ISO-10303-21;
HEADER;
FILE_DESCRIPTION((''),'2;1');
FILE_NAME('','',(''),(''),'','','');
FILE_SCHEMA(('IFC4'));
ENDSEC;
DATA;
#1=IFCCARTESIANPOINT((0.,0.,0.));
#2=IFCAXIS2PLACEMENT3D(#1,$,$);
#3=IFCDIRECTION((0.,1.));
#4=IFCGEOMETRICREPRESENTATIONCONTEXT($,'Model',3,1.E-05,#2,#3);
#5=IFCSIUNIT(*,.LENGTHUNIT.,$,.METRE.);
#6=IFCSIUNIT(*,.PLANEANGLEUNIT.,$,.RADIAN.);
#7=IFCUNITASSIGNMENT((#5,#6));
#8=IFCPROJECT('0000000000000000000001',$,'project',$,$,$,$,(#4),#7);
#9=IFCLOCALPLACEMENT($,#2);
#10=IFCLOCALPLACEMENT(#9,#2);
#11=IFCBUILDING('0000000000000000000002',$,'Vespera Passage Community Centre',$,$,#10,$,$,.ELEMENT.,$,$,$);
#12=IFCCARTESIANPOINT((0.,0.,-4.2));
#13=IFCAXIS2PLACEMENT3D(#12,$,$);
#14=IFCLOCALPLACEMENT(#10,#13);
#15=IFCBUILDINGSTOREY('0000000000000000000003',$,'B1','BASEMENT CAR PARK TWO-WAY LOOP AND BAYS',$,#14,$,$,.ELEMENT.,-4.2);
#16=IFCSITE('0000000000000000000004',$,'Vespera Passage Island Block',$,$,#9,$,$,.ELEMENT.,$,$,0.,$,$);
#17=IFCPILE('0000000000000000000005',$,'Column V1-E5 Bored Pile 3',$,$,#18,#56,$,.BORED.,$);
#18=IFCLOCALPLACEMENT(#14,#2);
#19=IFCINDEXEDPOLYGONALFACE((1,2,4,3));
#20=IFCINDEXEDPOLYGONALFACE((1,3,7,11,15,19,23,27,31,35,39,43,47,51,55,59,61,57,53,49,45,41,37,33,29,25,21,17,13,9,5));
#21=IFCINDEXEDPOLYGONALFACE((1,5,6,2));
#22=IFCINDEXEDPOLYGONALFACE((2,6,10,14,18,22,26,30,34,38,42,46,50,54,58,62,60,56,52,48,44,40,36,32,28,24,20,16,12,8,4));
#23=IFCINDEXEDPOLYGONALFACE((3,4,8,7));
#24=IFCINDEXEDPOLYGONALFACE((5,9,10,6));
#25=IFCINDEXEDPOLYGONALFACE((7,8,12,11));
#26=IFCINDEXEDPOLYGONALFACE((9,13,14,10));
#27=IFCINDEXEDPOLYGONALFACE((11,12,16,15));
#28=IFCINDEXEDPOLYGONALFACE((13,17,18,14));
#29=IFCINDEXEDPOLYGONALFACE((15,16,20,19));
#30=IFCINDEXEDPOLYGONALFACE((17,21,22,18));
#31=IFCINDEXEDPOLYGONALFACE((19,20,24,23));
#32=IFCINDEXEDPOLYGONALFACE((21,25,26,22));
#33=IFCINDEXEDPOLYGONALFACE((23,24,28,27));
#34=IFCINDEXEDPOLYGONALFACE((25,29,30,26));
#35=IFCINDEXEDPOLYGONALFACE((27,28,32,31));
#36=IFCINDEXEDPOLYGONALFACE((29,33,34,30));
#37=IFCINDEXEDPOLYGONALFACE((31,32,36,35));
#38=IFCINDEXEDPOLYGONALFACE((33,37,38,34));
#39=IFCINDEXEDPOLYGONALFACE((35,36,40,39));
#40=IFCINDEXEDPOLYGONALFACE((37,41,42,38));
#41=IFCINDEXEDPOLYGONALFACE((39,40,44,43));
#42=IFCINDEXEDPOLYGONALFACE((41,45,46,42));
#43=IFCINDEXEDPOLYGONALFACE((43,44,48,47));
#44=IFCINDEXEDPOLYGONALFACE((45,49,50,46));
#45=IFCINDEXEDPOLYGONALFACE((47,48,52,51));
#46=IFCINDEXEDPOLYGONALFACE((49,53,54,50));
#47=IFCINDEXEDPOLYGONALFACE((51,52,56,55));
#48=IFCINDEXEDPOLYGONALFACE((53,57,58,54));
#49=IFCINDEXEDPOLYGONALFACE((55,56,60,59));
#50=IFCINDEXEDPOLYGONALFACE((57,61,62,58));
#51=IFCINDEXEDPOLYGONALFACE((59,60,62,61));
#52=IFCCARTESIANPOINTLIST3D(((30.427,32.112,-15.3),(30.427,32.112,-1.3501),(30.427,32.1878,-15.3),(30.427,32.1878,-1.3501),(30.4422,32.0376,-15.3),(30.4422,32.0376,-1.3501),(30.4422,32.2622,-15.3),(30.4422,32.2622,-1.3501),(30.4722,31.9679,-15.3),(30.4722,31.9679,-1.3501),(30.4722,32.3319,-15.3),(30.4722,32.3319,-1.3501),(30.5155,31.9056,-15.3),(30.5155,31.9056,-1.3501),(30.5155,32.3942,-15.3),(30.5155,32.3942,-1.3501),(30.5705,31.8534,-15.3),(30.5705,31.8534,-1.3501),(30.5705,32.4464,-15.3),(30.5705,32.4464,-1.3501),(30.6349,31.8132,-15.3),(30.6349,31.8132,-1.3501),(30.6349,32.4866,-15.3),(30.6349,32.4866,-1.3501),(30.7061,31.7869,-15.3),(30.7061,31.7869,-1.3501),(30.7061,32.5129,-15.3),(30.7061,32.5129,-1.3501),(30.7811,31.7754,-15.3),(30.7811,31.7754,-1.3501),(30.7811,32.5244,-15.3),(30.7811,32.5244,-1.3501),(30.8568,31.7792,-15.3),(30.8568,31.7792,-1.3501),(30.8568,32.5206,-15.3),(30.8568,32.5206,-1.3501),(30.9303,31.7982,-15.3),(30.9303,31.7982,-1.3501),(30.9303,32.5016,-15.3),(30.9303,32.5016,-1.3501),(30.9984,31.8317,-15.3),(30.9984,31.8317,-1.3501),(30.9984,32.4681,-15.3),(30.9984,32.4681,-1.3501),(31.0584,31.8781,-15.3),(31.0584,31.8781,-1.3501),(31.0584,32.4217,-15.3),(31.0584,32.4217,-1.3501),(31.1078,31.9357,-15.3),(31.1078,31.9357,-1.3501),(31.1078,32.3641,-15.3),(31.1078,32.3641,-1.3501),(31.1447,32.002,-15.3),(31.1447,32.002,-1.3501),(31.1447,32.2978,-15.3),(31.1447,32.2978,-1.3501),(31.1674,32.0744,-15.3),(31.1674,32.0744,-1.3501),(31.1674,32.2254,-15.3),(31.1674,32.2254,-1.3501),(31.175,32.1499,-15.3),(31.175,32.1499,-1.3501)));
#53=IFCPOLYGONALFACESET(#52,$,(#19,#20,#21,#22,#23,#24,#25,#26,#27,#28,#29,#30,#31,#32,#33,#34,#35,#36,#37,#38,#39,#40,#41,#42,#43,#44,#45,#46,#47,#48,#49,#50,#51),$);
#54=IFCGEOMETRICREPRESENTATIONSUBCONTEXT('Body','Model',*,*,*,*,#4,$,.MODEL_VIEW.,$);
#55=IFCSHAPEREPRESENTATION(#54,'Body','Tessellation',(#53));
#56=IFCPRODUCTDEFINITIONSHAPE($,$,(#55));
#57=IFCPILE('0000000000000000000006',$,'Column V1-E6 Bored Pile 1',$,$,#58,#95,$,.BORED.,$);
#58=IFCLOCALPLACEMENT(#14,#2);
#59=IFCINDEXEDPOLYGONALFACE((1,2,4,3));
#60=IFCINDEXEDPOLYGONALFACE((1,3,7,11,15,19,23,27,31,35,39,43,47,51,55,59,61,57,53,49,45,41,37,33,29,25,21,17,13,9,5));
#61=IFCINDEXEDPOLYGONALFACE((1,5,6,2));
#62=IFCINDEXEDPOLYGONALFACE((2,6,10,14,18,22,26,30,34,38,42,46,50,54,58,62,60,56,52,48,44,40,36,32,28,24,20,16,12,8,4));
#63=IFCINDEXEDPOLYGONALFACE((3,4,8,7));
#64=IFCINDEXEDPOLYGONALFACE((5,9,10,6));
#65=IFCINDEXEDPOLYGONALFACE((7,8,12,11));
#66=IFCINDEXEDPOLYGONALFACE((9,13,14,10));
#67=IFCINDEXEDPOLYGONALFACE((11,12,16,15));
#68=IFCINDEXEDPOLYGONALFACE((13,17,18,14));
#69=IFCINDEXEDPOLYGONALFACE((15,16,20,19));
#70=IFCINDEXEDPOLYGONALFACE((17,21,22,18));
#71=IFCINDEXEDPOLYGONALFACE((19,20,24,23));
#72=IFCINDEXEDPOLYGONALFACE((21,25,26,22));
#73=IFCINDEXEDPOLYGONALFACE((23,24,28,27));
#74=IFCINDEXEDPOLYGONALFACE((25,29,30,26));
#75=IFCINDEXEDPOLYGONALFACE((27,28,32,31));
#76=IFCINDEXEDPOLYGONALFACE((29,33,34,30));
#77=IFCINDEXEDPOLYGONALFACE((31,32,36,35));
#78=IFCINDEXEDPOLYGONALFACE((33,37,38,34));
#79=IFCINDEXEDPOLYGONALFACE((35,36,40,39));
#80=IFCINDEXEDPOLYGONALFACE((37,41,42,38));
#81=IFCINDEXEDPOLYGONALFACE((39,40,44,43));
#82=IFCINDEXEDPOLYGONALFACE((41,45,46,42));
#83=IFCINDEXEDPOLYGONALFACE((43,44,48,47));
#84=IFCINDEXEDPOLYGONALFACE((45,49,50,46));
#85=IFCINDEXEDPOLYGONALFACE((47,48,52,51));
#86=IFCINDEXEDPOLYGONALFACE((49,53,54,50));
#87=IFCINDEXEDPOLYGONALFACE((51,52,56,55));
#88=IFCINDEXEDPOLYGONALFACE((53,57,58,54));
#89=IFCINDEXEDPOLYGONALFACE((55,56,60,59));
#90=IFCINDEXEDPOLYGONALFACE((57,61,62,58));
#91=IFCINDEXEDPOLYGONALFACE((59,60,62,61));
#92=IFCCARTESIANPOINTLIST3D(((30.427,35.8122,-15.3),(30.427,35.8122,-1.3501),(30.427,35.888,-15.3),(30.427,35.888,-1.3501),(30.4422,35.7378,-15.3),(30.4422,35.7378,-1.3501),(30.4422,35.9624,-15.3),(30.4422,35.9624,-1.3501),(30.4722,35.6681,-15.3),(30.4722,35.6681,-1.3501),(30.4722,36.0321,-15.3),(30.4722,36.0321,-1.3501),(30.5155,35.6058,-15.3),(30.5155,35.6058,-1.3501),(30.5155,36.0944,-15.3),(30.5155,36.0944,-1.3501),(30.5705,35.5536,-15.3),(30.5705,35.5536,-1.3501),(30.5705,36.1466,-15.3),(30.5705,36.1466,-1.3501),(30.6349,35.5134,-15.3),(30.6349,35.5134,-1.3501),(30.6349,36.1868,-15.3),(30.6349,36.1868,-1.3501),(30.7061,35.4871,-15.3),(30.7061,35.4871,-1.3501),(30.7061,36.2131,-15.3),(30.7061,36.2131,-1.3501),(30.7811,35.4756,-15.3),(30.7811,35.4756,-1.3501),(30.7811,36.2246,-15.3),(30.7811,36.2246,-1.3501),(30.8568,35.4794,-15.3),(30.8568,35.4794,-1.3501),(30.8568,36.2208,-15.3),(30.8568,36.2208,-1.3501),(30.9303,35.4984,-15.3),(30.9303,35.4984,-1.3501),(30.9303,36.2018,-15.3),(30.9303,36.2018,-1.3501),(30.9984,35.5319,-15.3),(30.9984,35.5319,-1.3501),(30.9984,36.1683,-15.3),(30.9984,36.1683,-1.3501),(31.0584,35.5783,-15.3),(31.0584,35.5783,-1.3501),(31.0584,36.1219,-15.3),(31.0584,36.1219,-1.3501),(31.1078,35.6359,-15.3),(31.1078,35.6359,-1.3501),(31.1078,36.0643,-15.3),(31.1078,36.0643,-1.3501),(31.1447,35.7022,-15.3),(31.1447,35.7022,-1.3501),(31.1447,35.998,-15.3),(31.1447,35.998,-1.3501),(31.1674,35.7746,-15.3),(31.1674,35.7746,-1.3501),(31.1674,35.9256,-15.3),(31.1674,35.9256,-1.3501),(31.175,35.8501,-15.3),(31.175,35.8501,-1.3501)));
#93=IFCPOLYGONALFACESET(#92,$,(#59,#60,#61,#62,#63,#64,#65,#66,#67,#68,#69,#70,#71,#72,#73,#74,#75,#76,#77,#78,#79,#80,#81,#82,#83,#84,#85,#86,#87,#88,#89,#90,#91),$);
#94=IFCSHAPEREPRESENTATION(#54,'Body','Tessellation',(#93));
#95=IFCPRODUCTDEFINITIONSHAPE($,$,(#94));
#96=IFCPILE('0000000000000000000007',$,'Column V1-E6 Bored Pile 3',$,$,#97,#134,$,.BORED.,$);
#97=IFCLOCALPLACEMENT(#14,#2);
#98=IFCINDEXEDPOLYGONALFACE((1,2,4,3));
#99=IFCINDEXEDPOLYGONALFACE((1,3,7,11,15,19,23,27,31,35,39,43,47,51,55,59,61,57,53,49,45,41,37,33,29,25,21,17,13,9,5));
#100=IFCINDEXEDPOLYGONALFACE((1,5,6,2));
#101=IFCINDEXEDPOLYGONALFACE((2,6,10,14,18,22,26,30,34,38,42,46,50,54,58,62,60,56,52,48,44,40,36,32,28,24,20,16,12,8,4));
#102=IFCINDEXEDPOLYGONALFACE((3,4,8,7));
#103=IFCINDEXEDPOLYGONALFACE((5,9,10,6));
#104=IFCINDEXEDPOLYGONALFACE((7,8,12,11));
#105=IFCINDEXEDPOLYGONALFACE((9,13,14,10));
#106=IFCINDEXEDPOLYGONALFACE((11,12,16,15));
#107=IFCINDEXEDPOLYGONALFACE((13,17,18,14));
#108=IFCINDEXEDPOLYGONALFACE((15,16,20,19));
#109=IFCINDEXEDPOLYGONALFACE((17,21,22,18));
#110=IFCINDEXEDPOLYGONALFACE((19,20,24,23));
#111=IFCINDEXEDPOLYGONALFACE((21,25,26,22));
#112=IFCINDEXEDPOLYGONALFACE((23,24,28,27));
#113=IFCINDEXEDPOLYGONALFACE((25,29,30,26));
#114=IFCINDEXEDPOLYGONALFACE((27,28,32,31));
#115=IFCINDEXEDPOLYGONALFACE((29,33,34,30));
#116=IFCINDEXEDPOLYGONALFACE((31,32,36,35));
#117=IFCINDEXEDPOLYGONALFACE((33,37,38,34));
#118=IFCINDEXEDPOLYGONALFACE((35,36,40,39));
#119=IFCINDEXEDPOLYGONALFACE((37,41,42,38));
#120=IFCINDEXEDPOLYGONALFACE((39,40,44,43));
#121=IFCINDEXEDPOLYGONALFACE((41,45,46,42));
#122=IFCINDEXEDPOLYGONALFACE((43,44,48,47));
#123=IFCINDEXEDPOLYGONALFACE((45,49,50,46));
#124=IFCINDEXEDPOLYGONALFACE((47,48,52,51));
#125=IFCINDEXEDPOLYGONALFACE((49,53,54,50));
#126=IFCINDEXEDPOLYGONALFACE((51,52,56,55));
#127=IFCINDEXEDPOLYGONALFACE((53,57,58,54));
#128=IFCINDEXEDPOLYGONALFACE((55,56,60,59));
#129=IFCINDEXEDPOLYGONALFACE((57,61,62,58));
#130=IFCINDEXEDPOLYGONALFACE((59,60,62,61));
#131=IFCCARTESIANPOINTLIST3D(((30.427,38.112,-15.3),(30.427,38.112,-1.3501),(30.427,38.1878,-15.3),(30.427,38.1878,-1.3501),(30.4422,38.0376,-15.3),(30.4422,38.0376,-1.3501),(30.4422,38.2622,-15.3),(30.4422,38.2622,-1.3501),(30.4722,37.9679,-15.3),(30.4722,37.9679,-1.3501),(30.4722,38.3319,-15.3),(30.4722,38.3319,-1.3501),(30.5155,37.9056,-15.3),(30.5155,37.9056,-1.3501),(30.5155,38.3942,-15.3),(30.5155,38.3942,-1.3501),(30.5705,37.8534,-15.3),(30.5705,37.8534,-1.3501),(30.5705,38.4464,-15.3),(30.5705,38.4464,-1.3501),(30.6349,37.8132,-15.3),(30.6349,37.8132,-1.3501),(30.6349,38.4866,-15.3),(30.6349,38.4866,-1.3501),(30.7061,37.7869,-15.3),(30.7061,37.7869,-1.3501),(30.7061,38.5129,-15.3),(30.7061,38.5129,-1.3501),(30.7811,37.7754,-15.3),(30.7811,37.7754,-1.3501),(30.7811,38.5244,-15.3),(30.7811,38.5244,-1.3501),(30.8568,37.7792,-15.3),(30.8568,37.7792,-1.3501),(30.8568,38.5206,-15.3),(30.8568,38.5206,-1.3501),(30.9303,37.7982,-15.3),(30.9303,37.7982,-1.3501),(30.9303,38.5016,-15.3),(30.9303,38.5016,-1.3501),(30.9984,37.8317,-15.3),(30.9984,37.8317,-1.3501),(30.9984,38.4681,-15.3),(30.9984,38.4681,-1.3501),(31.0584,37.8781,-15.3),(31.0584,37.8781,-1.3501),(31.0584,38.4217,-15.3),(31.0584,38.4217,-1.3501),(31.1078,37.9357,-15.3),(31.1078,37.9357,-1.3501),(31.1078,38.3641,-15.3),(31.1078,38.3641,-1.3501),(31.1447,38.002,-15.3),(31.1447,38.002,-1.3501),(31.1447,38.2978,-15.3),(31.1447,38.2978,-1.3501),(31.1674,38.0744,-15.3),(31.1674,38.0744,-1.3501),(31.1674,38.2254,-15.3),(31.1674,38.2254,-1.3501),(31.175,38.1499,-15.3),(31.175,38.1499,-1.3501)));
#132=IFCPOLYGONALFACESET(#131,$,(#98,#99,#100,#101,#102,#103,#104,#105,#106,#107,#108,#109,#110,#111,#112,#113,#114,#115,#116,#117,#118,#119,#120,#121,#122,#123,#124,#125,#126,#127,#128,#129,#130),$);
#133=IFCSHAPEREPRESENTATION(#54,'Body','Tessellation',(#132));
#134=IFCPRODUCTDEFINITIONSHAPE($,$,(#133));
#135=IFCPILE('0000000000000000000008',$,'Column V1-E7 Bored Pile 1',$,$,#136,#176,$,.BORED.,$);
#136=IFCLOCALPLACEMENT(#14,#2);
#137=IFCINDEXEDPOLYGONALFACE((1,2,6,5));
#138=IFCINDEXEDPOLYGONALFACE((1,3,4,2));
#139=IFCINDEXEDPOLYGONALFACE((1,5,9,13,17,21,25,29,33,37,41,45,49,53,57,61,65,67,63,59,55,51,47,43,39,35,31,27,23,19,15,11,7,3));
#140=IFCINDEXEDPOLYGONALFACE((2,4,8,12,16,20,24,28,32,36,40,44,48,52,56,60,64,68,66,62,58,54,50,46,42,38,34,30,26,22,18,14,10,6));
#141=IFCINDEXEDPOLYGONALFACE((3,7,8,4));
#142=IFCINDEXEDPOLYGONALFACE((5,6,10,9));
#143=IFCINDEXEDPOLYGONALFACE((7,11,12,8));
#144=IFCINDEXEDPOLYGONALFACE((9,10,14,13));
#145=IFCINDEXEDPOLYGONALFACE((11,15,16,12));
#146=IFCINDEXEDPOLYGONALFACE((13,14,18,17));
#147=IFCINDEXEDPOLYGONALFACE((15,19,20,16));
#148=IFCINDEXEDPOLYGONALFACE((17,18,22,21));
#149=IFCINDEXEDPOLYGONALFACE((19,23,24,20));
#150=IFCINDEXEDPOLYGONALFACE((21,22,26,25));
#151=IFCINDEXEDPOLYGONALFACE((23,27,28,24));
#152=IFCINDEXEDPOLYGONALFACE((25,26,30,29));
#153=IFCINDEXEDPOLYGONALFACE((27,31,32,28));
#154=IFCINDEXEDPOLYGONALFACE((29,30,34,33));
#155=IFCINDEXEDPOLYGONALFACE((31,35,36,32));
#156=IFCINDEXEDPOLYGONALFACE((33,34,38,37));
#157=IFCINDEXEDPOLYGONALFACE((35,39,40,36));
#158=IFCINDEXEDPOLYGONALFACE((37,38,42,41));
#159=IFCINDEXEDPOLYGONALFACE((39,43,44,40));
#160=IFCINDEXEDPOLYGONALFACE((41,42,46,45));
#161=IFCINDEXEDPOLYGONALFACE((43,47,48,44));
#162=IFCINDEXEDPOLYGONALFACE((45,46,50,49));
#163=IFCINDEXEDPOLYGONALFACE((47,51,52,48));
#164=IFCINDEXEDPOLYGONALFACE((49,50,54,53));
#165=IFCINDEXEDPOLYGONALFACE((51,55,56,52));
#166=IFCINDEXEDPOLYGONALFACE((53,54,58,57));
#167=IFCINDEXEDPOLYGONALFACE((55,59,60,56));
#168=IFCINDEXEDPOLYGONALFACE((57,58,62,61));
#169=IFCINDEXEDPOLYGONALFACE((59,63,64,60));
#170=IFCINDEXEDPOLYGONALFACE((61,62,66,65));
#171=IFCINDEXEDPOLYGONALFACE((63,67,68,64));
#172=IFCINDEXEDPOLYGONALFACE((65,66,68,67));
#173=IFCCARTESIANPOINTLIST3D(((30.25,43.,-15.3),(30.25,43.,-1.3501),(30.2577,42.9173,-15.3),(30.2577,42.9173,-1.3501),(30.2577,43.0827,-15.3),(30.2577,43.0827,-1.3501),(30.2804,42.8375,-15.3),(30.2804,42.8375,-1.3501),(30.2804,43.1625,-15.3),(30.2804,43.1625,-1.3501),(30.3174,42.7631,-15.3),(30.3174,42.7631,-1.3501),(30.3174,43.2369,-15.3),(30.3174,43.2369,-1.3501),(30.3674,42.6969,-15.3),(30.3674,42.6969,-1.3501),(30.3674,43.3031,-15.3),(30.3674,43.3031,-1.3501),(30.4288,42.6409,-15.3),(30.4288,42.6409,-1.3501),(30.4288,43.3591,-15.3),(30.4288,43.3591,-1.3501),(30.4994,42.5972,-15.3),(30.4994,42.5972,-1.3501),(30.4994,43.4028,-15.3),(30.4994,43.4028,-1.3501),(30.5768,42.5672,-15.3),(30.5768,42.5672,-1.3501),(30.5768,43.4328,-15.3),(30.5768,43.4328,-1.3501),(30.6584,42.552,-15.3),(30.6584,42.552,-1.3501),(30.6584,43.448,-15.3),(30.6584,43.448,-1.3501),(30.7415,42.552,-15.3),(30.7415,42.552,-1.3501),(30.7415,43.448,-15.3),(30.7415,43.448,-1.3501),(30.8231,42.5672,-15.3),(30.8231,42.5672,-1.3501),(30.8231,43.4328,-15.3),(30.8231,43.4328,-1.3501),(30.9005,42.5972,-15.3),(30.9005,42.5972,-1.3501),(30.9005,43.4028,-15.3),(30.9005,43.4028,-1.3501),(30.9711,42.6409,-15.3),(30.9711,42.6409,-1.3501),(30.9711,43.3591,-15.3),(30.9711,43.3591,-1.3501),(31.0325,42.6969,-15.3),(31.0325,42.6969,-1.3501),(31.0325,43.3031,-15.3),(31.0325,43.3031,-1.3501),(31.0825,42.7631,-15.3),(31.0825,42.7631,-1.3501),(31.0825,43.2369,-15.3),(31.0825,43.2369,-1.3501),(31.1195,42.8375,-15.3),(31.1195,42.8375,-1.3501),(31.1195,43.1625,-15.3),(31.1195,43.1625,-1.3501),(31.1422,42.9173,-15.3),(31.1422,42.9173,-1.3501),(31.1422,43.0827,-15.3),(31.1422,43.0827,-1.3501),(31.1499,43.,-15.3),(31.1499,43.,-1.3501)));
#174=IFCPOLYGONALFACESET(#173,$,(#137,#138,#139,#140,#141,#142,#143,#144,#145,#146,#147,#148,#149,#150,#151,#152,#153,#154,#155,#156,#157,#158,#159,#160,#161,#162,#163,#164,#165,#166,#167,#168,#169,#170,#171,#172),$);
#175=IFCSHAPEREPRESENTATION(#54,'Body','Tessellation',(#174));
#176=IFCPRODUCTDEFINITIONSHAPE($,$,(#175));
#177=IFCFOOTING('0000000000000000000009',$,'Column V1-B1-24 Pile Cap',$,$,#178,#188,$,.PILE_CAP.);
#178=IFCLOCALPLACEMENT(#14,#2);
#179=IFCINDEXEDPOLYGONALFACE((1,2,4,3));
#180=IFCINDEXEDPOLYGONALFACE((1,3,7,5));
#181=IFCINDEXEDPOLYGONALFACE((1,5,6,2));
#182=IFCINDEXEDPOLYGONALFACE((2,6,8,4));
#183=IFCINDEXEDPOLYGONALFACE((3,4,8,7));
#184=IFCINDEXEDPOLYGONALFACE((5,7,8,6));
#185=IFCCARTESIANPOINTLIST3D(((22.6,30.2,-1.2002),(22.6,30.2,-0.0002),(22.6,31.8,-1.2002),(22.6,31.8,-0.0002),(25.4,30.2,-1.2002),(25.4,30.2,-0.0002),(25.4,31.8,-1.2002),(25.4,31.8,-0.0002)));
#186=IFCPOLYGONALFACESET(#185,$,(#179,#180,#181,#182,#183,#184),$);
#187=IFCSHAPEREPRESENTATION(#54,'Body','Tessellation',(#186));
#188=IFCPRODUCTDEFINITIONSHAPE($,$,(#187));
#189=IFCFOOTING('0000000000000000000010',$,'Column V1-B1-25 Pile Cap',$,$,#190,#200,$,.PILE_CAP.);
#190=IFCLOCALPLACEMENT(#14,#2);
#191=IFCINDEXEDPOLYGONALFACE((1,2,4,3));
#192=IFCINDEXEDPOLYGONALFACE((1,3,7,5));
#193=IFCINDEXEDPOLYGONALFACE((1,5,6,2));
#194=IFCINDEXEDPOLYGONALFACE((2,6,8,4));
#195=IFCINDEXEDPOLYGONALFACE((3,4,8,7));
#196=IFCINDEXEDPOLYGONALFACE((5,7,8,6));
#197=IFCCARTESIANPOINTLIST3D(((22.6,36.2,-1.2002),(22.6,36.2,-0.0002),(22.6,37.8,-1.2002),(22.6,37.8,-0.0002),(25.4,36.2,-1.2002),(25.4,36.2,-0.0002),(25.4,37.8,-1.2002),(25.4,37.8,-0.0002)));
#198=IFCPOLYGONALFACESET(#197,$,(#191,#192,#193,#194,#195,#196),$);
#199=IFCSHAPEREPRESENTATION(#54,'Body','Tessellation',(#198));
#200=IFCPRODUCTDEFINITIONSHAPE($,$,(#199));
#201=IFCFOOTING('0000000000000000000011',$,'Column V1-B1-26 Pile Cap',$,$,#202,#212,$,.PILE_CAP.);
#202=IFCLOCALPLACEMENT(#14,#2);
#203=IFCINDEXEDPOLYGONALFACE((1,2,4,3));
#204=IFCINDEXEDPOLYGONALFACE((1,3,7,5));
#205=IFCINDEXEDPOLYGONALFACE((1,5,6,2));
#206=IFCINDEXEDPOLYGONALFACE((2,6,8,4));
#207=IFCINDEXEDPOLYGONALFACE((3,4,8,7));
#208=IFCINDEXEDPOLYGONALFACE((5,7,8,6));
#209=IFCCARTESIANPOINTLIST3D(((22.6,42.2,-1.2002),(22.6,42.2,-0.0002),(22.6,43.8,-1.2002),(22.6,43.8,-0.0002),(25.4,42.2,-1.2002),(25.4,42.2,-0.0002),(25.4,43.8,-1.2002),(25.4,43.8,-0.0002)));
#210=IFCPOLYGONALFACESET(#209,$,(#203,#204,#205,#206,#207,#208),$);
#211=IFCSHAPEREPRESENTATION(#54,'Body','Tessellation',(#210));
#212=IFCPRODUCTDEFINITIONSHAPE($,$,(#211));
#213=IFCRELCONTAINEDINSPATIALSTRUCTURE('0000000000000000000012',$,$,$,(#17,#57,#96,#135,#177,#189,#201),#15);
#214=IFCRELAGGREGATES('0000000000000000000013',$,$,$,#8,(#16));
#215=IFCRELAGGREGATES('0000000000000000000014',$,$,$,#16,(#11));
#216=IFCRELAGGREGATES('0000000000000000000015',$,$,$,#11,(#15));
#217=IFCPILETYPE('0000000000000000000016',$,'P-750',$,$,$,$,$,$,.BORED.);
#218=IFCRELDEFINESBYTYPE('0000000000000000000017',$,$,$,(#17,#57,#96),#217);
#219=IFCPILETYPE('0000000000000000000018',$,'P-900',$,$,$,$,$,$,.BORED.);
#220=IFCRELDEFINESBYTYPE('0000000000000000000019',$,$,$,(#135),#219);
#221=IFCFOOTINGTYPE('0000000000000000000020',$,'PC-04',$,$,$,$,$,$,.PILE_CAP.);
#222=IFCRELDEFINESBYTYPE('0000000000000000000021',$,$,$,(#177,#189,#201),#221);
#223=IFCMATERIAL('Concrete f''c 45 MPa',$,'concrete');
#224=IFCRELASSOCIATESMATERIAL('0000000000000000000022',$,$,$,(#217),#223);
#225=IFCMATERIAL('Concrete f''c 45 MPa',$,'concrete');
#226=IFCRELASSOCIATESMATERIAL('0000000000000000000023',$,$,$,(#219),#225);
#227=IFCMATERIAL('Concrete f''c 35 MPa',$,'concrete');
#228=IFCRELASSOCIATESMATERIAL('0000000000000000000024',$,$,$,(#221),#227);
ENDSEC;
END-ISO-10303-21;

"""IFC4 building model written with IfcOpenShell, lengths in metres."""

from ifc_helpers import new_model, si_unit, direction, frame, origin, origin_2d, place, context, subcontext, project, spatial, rectangle, circle, extrude, material, material_profile, profile_set, type_object, element, save


model = new_model("IFC4")

# Units and contexts
model_context = context("Model", 3, precision=1e-05, world=origin(), true_north=direction((0.0, 1.0)))
body_context = subcontext(model_context, "Body", "Model", "MODEL_VIEW")
ifc_project = project(units=[si_unit("LENGTHUNIT", "METRE"), si_unit("PLANEANGLEUNIT", "RADIAN")], contexts=[model_context])

# Site, building, storey
site_placement = place(None, origin())
site = spatial("IfcSite", under=ifc_project, at=site_placement, Name="Vespera Passage Island Block", CompositionType="ELEMENT", RefElevation=0.0)
building_placement = place(site_placement, origin())
building = spatial("IfcBuilding", under=site, at=building_placement, Name="Vespera Passage Community Centre", CompositionType="ELEMENT")
storey_placement = place(building_placement, frame((0.0, 0.0, -4.2)))
storey = spatial("IfcBuildingStorey", under=building, at=storey_placement, Name="B1", Description="BASEMENT CAR PARK TWO-WAY LOOP AND BAYS", CompositionType="ELEMENT", Elevation=-4.2)

# Piles
ifc_material_1 = material(Name="Concrete f'c 45 MPa", Category="concrete")
ifc_material_profile_1 = material_profile(ifc_material_1, circle(Radius=0.375, at=origin_2d()), Name="PILE750DIA")
ifc_profile_set_1 = profile_set([ifc_material_profile_1], Name="Concrete f'c 45 MPa")
pile_type_1 = type_object("IfcPileType", Name="P-750", PredefinedType="BORED", material=ifc_profile_set_1)
for number, where, z_axis, x_axis, name in (
    (1, (30.8, 32.1499, -1.3501), (0.0, 0.0, -1.0), (1.0, 0.0, 0.0), "Column V1-E5 Bored Pile 3"),
    (2, (30.8, 35.8501, -1.3501), (0.0, 0.0, -1.0), (1.0, 0.0, 0.0), "Column V1-E6 Bored Pile 1"),
    (3, (30.8, 38.1499, -1.3501), (0.0, 0.0, -1.0), (1.0, 0.0, 0.0), "Column V1-E6 Bored Pile 3"),
):
    element("IfcPile", number, at=place(storey_placement, frame(where, z_axis=z_axis, x_axis=x_axis)), inside=storey, type_object=pile_type_1, Name=name, PredefinedType="BORED", context=body_context, shape_type="SweptSolid", body=[
        extrude(circle(Radius=0.375, at=origin_2d()), origin(), (0.0, 0.0, 1.0), 13.95),
    ])
ifc_material_2 = material(Name="Concrete f'c 45 MPa", Category="concrete")
ifc_material_profile_2 = material_profile(ifc_material_2, circle(Radius=0.45, at=origin_2d()), Name="PILE900DIA")
ifc_profile_set_2 = profile_set([ifc_material_profile_2], Name="Concrete f'c 45 MPa")
pile_type_2 = type_object("IfcPileType", Name="P-900", PredefinedType="BORED", material=ifc_profile_set_2)
pile_placement = place(storey_placement, frame((30.7, 43.0, -1.3501), z_axis=(0.0, 0.0, -1.0), x_axis=(1.0, 0.0, 0.0)))
element("IfcPile", 4, at=pile_placement, inside=storey, type_object=pile_type_2, Name="Column V1-E7 Bored Pile 1", PredefinedType="BORED", context=body_context, shape_type="SweptSolid", body=[
    extrude(circle(Radius=0.45, at=origin_2d()), origin(), (0.0, 0.0, 1.0), 13.95),
])

# Footings
ifc_material_3 = material(Name="Concrete f'c 35 MPa", Category="concrete")
footing_type_1 = type_object("IfcFootingType", Name="PC-04", PredefinedType="PILE_CAP", material=ifc_material_3)
for number, where, z_axis, x_axis, name in (
    (5, (24.0, 31.0, -1.2002), (0.0, 0.0, 1.0), (1.0, 0.0, 0.0), "Column V1-B1-24 Pile Cap"),
    (6, (24.0, 37.0, -1.2002), (0.0, 0.0, 1.0), (1.0, 0.0, 0.0), "Column V1-B1-25 Pile Cap"),
    (7, (24.0, 43.0, -1.2002), (0.0, 0.0, 1.0), (1.0, 0.0, 0.0), "Column V1-B1-26 Pile Cap"),
):
    element("IfcFooting", number, at=place(storey_placement, frame(where, z_axis=z_axis, x_axis=x_axis)), inside=storey, type_object=footing_type_1, Name=name, PredefinedType="PILE_CAP", context=body_context, shape_type="SweptSolid", body=[
        extrude(rectangle(XDim=2.8, YDim=1.6001, at=origin_2d()), origin(), (0.0, 0.0, 1.0), 1.2),
    ])

save(model, "model.ifc")
